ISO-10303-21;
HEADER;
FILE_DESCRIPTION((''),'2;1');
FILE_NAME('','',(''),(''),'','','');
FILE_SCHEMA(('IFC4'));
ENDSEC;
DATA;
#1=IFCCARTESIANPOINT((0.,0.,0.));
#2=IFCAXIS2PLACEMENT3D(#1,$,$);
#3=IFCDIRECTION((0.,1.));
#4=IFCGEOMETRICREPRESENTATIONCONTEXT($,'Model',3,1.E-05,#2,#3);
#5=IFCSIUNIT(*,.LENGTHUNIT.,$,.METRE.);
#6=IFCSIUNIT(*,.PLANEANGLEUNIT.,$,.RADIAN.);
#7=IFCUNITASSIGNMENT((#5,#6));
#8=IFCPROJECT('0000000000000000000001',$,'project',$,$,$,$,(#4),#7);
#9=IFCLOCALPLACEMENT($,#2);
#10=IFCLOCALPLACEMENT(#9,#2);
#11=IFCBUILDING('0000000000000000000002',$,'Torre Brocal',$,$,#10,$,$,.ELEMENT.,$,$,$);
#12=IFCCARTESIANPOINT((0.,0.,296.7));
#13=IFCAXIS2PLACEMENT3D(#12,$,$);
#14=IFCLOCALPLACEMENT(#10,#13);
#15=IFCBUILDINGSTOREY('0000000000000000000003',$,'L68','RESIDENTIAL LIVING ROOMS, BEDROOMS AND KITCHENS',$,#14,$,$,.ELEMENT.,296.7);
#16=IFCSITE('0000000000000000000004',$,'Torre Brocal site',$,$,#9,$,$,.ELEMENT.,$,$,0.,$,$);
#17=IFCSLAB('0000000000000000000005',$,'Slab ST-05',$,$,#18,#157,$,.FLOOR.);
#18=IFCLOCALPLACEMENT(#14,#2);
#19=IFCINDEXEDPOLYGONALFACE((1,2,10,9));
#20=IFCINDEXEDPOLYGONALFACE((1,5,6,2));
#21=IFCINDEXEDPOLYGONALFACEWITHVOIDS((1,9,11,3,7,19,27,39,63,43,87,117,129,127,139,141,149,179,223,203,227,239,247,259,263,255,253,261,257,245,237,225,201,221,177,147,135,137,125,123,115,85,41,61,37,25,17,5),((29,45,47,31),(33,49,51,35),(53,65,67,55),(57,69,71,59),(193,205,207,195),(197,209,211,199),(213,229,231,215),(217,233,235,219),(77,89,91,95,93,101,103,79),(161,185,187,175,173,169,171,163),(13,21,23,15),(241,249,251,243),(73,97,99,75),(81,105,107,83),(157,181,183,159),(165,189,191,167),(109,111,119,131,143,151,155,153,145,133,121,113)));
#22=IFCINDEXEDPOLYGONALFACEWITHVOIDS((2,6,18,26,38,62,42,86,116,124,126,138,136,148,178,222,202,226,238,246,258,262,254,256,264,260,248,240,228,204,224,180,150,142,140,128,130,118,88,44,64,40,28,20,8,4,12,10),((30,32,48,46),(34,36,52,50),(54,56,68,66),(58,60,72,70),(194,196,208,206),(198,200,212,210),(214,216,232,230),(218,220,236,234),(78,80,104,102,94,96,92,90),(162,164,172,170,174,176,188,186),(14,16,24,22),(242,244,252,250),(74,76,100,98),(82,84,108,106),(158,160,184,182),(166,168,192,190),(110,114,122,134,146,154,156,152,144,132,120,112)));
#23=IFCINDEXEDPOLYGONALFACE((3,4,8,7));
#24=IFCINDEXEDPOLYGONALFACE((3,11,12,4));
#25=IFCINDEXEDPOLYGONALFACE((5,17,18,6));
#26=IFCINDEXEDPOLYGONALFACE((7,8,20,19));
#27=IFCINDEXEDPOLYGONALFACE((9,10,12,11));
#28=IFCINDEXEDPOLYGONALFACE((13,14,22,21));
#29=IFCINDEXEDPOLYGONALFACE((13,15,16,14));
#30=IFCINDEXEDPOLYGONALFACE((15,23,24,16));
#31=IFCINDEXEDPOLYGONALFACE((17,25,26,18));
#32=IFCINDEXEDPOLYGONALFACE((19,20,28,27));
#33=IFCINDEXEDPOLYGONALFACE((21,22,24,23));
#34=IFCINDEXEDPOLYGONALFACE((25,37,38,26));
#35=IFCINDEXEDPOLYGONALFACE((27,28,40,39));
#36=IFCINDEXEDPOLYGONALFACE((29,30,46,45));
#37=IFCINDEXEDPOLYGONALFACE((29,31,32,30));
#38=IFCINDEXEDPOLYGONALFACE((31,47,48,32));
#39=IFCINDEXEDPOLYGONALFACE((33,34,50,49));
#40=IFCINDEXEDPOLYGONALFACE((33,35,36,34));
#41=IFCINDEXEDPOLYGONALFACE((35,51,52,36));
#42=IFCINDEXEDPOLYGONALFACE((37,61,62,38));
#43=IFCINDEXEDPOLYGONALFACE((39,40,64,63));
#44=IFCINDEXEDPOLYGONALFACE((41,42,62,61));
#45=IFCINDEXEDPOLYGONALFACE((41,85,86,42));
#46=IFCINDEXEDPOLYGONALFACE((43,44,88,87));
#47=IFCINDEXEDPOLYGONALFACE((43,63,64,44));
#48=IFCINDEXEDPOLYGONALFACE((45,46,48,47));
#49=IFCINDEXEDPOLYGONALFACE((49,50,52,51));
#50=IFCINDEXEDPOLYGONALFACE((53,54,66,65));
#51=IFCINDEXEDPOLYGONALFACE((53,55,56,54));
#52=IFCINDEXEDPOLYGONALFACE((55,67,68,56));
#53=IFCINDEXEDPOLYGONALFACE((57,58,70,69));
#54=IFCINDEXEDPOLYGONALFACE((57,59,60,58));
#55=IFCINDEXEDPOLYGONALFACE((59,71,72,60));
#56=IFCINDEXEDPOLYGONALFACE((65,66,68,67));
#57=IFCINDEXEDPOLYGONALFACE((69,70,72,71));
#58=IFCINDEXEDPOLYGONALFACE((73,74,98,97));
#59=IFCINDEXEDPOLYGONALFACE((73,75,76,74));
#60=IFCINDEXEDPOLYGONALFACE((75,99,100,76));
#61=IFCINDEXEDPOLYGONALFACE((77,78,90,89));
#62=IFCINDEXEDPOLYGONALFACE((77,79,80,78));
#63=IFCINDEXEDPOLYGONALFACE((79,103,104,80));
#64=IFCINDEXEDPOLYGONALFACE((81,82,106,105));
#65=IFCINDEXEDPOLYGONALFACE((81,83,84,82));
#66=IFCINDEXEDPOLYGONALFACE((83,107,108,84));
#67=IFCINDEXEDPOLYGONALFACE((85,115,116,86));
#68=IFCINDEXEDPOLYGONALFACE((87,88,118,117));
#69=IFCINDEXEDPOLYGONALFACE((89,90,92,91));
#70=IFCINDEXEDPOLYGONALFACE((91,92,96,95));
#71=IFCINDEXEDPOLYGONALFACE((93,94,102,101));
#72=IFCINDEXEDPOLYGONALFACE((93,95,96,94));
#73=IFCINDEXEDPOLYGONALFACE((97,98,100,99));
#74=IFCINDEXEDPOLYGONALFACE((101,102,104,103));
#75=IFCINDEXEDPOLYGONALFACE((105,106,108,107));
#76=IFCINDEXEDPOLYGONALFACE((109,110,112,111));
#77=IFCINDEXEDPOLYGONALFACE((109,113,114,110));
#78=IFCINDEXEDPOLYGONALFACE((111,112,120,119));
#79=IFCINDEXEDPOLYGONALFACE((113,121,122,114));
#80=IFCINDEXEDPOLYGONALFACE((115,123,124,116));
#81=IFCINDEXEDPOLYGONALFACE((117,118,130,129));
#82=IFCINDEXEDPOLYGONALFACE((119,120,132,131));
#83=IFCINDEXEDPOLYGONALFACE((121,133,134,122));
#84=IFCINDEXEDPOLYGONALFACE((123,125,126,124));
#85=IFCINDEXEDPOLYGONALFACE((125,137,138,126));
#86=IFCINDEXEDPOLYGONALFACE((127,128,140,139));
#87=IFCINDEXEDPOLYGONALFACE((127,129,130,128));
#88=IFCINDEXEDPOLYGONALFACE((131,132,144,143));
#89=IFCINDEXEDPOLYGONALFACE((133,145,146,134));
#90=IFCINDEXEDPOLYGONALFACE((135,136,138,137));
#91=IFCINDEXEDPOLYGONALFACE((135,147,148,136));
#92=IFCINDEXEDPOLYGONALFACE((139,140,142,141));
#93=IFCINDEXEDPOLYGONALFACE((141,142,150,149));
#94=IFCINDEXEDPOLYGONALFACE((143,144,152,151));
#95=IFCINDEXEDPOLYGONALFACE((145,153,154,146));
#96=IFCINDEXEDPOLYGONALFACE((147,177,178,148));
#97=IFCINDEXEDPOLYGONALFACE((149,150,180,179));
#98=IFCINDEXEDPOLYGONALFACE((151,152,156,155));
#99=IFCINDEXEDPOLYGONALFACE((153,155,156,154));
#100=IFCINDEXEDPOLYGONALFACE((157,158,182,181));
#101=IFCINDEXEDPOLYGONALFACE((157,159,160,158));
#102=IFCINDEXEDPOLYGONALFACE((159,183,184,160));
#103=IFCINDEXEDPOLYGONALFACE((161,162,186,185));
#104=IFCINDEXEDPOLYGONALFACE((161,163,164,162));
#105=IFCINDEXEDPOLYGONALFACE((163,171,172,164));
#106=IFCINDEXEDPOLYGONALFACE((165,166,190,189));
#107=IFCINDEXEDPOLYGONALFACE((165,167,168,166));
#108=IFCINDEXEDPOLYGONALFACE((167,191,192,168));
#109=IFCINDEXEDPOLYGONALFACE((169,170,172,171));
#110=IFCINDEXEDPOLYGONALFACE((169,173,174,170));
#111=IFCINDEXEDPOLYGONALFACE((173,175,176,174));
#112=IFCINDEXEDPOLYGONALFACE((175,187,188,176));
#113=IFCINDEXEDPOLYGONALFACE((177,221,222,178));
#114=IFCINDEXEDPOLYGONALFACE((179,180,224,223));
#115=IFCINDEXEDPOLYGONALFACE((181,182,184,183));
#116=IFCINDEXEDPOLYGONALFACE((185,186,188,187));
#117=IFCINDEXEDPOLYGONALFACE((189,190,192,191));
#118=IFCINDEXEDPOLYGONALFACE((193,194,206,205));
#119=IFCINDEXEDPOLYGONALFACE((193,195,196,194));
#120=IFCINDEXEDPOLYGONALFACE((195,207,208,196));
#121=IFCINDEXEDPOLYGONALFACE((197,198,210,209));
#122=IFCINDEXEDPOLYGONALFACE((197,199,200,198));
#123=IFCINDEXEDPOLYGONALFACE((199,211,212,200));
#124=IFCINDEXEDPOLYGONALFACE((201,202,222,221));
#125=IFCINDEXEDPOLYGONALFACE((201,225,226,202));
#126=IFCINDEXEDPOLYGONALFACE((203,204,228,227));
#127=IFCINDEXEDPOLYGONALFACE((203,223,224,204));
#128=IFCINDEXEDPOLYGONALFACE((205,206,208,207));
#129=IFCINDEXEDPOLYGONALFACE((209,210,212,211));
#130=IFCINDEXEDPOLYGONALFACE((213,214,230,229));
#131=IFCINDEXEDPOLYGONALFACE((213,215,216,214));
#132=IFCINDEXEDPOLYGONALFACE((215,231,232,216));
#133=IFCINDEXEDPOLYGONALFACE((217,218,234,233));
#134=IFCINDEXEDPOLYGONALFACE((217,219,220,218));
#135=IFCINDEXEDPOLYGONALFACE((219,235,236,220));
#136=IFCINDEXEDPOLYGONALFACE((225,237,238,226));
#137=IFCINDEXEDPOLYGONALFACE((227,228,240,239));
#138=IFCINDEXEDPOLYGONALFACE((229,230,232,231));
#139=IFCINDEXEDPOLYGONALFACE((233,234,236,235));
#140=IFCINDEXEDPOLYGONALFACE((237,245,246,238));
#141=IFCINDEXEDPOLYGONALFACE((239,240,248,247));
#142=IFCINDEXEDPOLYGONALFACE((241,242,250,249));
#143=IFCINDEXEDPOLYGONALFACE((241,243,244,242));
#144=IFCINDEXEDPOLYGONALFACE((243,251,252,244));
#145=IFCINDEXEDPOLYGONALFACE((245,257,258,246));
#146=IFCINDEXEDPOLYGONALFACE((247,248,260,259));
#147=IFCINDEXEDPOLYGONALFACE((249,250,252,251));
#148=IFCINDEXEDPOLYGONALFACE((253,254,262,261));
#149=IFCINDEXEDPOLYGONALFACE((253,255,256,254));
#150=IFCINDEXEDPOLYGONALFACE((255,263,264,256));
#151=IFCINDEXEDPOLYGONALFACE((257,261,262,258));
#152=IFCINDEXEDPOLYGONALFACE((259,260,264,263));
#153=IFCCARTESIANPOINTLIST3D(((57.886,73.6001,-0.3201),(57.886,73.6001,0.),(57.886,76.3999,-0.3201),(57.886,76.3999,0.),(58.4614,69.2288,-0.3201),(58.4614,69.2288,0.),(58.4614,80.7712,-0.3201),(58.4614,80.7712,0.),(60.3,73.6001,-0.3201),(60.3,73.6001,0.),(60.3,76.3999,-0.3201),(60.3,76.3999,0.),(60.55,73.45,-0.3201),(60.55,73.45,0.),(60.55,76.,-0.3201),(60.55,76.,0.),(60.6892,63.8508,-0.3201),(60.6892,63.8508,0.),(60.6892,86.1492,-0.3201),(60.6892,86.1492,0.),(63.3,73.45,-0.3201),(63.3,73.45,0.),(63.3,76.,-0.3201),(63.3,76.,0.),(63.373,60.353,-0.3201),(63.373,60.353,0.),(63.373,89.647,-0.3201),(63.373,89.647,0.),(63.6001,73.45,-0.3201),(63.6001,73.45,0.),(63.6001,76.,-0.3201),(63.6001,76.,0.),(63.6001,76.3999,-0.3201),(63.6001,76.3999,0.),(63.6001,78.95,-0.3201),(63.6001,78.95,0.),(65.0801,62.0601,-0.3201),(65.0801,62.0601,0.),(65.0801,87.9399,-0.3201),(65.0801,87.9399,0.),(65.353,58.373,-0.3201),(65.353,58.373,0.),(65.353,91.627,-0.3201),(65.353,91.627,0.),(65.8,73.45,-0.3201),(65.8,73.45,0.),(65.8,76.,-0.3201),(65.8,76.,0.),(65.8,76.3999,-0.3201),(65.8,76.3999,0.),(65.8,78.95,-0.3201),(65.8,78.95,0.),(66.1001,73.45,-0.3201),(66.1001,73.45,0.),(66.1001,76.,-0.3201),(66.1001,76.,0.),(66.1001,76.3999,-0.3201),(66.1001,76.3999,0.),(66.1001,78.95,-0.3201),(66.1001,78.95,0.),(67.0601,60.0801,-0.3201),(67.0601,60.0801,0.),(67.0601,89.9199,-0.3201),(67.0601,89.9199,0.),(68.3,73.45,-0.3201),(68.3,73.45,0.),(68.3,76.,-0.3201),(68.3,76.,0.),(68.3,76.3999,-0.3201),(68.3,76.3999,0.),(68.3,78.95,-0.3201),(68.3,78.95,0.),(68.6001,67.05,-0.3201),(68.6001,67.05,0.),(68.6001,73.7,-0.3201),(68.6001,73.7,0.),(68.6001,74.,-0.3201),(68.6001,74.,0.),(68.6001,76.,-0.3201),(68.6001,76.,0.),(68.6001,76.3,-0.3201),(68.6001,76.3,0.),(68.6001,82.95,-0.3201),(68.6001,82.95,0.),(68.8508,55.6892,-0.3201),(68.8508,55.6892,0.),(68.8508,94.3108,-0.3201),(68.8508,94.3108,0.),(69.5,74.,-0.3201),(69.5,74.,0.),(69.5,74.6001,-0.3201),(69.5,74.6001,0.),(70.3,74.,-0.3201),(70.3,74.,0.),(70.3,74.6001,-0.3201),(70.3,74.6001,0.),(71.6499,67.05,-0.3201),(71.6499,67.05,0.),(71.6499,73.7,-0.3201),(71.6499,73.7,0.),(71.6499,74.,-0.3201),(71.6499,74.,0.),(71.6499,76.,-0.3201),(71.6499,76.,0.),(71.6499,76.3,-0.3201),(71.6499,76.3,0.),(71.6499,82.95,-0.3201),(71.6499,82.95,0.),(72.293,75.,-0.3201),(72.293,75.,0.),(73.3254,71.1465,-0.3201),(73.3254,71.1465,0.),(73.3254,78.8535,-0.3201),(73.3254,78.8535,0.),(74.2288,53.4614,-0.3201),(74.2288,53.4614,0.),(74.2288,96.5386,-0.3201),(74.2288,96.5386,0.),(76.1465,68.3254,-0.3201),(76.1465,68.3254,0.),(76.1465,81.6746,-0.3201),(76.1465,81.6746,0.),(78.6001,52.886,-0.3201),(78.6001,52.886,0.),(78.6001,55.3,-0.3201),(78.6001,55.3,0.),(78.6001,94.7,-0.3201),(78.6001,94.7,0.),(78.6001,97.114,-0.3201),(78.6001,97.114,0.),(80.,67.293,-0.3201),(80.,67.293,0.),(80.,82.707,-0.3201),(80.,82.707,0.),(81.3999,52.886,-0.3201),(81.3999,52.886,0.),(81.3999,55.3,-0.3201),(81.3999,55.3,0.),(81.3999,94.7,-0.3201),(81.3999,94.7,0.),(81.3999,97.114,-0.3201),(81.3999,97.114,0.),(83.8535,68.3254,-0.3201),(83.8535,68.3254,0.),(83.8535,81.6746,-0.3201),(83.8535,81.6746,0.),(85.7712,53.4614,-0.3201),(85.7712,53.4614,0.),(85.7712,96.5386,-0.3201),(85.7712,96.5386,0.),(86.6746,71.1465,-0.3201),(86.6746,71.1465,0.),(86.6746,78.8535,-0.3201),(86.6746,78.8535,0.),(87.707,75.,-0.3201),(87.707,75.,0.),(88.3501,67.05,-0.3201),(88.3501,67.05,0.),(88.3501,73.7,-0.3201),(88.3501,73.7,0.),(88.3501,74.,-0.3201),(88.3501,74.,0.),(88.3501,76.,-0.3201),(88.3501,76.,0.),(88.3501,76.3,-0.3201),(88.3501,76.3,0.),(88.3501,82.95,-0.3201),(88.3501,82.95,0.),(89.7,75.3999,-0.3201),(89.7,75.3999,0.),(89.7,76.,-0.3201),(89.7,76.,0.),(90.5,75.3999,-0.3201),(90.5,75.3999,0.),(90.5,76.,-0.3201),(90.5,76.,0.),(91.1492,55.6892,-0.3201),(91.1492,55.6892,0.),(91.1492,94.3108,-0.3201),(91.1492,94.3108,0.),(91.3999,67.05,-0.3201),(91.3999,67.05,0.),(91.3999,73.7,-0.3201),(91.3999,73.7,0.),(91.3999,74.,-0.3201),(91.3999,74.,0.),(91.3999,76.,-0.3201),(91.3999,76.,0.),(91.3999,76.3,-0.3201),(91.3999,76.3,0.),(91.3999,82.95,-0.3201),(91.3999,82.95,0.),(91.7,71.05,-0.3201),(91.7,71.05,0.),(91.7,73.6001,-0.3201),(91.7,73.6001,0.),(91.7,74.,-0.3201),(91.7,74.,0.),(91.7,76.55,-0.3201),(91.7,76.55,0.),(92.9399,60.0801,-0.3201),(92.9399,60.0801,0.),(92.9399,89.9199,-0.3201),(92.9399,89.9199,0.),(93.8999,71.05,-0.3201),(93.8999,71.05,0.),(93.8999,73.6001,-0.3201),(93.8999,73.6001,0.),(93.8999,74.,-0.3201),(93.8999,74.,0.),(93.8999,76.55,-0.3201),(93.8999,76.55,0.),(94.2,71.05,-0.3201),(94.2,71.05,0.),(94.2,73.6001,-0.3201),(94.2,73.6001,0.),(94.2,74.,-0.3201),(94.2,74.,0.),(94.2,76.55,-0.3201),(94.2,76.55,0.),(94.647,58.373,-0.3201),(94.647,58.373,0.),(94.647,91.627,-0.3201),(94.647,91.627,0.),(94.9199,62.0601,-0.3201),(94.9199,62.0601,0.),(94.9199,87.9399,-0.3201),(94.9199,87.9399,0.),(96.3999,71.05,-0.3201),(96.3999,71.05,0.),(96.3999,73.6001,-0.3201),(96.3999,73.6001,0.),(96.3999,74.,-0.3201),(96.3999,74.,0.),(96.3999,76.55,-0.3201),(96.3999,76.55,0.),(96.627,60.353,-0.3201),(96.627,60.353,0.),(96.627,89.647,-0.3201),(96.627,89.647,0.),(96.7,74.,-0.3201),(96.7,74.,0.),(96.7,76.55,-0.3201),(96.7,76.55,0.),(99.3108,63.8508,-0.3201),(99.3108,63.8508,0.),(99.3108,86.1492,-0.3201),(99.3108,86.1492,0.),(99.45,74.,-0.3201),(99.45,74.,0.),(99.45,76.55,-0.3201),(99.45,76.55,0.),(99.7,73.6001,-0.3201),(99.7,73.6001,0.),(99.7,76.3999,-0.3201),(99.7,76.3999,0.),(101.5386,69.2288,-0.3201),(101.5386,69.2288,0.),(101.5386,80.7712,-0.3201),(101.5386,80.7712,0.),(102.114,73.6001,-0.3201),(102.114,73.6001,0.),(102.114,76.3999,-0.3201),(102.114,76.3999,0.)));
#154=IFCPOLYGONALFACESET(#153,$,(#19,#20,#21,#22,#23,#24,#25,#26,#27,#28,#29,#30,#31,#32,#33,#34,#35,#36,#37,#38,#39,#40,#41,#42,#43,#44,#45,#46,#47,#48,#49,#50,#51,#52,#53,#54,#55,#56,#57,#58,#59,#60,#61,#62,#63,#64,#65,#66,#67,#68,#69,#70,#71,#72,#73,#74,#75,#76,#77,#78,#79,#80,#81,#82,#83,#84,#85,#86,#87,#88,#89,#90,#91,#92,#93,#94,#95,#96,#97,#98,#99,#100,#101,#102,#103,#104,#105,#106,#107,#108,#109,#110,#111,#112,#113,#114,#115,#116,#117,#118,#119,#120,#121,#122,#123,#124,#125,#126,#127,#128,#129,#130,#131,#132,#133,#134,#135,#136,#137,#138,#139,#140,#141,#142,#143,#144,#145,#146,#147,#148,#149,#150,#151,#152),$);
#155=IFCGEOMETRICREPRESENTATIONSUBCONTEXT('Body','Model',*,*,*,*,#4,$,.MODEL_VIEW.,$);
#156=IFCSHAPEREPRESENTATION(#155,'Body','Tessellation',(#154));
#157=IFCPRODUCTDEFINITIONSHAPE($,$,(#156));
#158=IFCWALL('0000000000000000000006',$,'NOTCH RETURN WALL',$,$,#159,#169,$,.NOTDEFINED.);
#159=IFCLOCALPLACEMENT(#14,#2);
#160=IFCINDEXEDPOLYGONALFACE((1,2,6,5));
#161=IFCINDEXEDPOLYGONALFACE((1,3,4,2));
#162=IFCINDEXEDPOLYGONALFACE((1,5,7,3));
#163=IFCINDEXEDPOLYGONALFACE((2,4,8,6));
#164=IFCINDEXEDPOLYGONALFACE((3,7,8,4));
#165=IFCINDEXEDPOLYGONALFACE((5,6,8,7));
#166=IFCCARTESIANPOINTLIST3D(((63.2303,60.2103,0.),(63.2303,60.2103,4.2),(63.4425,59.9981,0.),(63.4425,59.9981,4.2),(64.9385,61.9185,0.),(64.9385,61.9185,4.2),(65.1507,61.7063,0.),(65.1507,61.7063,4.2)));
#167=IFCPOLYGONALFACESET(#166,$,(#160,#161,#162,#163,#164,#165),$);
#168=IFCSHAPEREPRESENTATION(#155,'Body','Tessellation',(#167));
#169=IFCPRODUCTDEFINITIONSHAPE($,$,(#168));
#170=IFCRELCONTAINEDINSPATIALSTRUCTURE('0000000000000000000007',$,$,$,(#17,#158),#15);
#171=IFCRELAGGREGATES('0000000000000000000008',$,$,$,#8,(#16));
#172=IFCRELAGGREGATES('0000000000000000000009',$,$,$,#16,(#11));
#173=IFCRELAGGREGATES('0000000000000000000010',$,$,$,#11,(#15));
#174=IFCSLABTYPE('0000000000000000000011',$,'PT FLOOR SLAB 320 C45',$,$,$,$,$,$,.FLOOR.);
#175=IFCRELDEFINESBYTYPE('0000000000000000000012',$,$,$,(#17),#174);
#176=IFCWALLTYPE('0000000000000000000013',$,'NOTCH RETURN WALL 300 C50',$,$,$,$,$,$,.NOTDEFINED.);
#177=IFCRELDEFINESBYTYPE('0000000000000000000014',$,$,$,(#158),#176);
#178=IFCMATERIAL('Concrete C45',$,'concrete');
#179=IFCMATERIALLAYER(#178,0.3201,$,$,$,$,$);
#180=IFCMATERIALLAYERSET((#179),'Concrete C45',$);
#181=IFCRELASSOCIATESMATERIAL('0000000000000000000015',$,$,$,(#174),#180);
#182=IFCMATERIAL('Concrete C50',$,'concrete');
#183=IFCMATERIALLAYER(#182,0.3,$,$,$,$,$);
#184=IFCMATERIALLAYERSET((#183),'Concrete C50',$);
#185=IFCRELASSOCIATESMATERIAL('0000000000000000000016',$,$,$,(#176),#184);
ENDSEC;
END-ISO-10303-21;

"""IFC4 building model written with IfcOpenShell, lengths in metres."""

from ifc_helpers import new_model, si_unit, direction, frame, frame_2d, origin, place, context, subcontext, project, spatial, polyline, rectangle, outline, extrude, material, layer, layer_set, type_object, element, save


model = new_model("IFC4")

# Units and contexts
model_context = context("Model", 3, precision=1e-05, world=origin(), true_north=direction((0.0, 1.0)))
body_context = subcontext(model_context, "Body", "Model", "MODEL_VIEW")
ifc_project = project(units=[si_unit("LENGTHUNIT", "METRE"), si_unit("PLANEANGLEUNIT", "RADIAN")], contexts=[model_context])

# Site, building, storey
site_placement = place(None, origin())
site = spatial("IfcSite", under=ifc_project, at=site_placement, Name="Torre Brocal site", CompositionType="ELEMENT", RefElevation=0.0)
building_placement = place(site_placement, origin())
building = spatial("IfcBuilding", under=site, at=building_placement, Name="Torre Brocal", CompositionType="ELEMENT")
storey_placement = place(building_placement, frame((0.0, 0.0, 296.7)))
storey = spatial("IfcBuildingStorey", under=building, at=storey_placement, Name="L68", Description="RESIDENTIAL LIVING ROOMS, BEDROOMS AND KITCHENS", CompositionType="ELEMENT", Elevation=296.7)

# Slab
ifc_material_1 = material(Name="Concrete C45", Category="concrete")
ifc_layer_1 = layer(ifc_material_1, 0.3201)
ifc_layer_set_1 = layer_set([ifc_layer_1], Name="Concrete C45")
slab_type_1 = type_object("IfcSlabType", Name="PT FLOOR SLAB 320 C45", PredefinedType="FLOOR", material=ifc_layer_set_1)
slab_1_placement = place(storey_placement, frame((0.0, 0.0, -0.3201)))
element("IfcSlab", 1, at=slab_1_placement, inside=storey, type_object=slab_type_1, Name="Slab ST-05", PredefinedType="FLOOR", context=body_context, shape_type="SweptSolid", body=[
    extrude(outline(polyline([(99.7, 76.3999), (99.7, 73.6001), (102.114, 73.6001), (101.5386, 69.2288), (99.3108, 63.8508), (96.627, 60.353), (94.9199, 62.0601), (92.9399, 60.0801), (94.647, 58.373), (91.1492, 55.6892), (85.7712, 53.4614), (81.3999, 52.886), (81.3999, 55.3), (78.6001, 55.3), (78.6001, 52.886), (74.2288, 53.4614), (68.8508, 55.6892), (65.353, 58.373), (67.0601, 60.0801), (65.0801, 62.0601), (63.373, 60.353), (60.6892, 63.8508), (58.4614, 69.2288), (57.886, 73.6001), (60.3, 73.6001), (60.3, 76.3999), (57.886, 76.3999), (58.4614, 80.7712), (60.6892, 86.1492), (63.373, 89.647), (65.0801, 87.9399), (67.0601, 89.9199), (65.353, 91.627), (68.8508, 94.3108), (74.2288, 96.5386), (78.6001, 97.114), (78.6001, 94.7), (81.3999, 94.7), (81.3999, 97.114), (85.7712, 96.5386), (91.1492, 94.3108), (94.647, 91.627), (92.9399, 89.9199), (94.9199, 87.9399), (96.627, 89.647), (99.3108, 86.1492), (101.5386, 80.7712), (102.114, 76.3999), (99.7, 76.3999)]), holes=[polyline([(99.45, 76.55), (96.7, 76.55), (96.7, 74.0), (99.45, 74.0), (99.45, 76.55)]), polyline([(96.3999, 76.55), (94.2, 76.55), (94.2, 74.0), (96.3999, 74.0), (96.3999, 76.55)]), polyline([(96.3999, 73.6001), (94.2, 73.6001), (94.2, 71.05), (96.3999, 71.05), (96.3999, 73.6001)]), polyline([(93.8999, 76.55), (91.7, 76.55), (91.7, 74.0), (93.8999, 74.0), (93.8999, 76.55)]), polyline([(93.8999, 73.6001), (91.7, 73.6001), (91.7, 71.05), (93.8999, 71.05), (93.8999, 73.6001)]), polyline([(89.7, 76.0), (88.3501, 76.0), (88.3501, 74.0), (91.3999, 74.0), (91.3999, 76.0), (90.5, 76.0), (90.5, 75.3999), (89.7, 75.3999), (89.7, 76.0)]), polyline([(91.3999, 82.95), (88.3501, 82.95), (88.3501, 76.3), (91.3999, 76.3), (91.3999, 82.95)]), polyline([(91.3999, 73.7), (88.3501, 73.7), (88.3501, 67.05), (91.3999, 67.05), (91.3999, 73.7)]), polyline([(80.0, 82.707), (76.1465, 81.6746), (73.3254, 78.8535), (72.293, 75.0), (73.3254, 71.1465), (76.1465, 68.3254), (80.0, 67.293), (83.8535, 68.3254), (86.6746, 71.1465), (87.707, 75.0), (86.6746, 78.8535), (83.8535, 81.6746), (80.0, 82.707)]), polyline([(70.3, 74.0), (71.6499, 74.0), (71.6499, 76.0), (68.6001, 76.0), (68.6001, 74.0), (69.5, 74.0), (69.5, 74.6001), (70.3, 74.6001), (70.3, 74.0)]), polyline([(68.6001, 76.3), (71.6499, 76.3), (71.6499, 82.95), (68.6001, 82.95), (68.6001, 76.3)]), polyline([(68.6001, 67.05), (71.6499, 67.05), (71.6499, 73.7), (68.6001, 73.7), (68.6001, 67.05)]), polyline([(66.1001, 76.3999), (68.3, 76.3999), (68.3, 78.95), (66.1001, 78.95), (66.1001, 76.3999)]), polyline([(66.1001, 73.45), (68.3, 73.45), (68.3, 76.0), (66.1001, 76.0), (66.1001, 73.45)]), polyline([(63.6001, 76.3999), (65.8, 76.3999), (65.8, 78.95), (63.6001, 78.95), (63.6001, 76.3999)]), polyline([(63.6001, 73.45), (65.8, 73.45), (65.8, 76.0), (63.6001, 76.0), (63.6001, 73.45)]), polyline([(60.55, 73.45), (63.3, 73.45), (63.3, 76.0), (60.55, 76.0), (60.55, 73.45)])]), origin(), (0.0, 0.0, 1.0), 0.3201),
])

# Wall
ifc_material_2 = material(Name="Concrete C50", Category="concrete")
ifc_layer_2 = layer(ifc_material_2, 0.3)
ifc_layer_set_2 = layer_set([ifc_layer_2], Name="Concrete C50")
wall_type = type_object("IfcWallType", Name="NOTCH RETURN WALL 300 C50", PredefinedType="NOTDEFINED", material=ifc_layer_set_2)
for number, where, z_axis, x_axis, name in (
    (2, (65.0447, 61.8125, 0.0), (0.0, 0.0, 1.0), (-0.707107, -0.707107, 0.0), "NOTCH RETURN WALL"),
):
    element("IfcWall", number, at=place(storey_placement, frame(where, z_axis=z_axis, x_axis=x_axis)), inside=storey, type_object=wall_type, Name=name, PredefinedType="NOTDEFINED", context=body_context, shape_type="SweptSolid", body=[
        extrude(rectangle(XDim=2.4158, YDim=0.3, at=frame_2d((1.208, 0.0))), origin(), (0.0, 0.0, 1.0), 4.2),
    ])

save(model, "model.ifc")
